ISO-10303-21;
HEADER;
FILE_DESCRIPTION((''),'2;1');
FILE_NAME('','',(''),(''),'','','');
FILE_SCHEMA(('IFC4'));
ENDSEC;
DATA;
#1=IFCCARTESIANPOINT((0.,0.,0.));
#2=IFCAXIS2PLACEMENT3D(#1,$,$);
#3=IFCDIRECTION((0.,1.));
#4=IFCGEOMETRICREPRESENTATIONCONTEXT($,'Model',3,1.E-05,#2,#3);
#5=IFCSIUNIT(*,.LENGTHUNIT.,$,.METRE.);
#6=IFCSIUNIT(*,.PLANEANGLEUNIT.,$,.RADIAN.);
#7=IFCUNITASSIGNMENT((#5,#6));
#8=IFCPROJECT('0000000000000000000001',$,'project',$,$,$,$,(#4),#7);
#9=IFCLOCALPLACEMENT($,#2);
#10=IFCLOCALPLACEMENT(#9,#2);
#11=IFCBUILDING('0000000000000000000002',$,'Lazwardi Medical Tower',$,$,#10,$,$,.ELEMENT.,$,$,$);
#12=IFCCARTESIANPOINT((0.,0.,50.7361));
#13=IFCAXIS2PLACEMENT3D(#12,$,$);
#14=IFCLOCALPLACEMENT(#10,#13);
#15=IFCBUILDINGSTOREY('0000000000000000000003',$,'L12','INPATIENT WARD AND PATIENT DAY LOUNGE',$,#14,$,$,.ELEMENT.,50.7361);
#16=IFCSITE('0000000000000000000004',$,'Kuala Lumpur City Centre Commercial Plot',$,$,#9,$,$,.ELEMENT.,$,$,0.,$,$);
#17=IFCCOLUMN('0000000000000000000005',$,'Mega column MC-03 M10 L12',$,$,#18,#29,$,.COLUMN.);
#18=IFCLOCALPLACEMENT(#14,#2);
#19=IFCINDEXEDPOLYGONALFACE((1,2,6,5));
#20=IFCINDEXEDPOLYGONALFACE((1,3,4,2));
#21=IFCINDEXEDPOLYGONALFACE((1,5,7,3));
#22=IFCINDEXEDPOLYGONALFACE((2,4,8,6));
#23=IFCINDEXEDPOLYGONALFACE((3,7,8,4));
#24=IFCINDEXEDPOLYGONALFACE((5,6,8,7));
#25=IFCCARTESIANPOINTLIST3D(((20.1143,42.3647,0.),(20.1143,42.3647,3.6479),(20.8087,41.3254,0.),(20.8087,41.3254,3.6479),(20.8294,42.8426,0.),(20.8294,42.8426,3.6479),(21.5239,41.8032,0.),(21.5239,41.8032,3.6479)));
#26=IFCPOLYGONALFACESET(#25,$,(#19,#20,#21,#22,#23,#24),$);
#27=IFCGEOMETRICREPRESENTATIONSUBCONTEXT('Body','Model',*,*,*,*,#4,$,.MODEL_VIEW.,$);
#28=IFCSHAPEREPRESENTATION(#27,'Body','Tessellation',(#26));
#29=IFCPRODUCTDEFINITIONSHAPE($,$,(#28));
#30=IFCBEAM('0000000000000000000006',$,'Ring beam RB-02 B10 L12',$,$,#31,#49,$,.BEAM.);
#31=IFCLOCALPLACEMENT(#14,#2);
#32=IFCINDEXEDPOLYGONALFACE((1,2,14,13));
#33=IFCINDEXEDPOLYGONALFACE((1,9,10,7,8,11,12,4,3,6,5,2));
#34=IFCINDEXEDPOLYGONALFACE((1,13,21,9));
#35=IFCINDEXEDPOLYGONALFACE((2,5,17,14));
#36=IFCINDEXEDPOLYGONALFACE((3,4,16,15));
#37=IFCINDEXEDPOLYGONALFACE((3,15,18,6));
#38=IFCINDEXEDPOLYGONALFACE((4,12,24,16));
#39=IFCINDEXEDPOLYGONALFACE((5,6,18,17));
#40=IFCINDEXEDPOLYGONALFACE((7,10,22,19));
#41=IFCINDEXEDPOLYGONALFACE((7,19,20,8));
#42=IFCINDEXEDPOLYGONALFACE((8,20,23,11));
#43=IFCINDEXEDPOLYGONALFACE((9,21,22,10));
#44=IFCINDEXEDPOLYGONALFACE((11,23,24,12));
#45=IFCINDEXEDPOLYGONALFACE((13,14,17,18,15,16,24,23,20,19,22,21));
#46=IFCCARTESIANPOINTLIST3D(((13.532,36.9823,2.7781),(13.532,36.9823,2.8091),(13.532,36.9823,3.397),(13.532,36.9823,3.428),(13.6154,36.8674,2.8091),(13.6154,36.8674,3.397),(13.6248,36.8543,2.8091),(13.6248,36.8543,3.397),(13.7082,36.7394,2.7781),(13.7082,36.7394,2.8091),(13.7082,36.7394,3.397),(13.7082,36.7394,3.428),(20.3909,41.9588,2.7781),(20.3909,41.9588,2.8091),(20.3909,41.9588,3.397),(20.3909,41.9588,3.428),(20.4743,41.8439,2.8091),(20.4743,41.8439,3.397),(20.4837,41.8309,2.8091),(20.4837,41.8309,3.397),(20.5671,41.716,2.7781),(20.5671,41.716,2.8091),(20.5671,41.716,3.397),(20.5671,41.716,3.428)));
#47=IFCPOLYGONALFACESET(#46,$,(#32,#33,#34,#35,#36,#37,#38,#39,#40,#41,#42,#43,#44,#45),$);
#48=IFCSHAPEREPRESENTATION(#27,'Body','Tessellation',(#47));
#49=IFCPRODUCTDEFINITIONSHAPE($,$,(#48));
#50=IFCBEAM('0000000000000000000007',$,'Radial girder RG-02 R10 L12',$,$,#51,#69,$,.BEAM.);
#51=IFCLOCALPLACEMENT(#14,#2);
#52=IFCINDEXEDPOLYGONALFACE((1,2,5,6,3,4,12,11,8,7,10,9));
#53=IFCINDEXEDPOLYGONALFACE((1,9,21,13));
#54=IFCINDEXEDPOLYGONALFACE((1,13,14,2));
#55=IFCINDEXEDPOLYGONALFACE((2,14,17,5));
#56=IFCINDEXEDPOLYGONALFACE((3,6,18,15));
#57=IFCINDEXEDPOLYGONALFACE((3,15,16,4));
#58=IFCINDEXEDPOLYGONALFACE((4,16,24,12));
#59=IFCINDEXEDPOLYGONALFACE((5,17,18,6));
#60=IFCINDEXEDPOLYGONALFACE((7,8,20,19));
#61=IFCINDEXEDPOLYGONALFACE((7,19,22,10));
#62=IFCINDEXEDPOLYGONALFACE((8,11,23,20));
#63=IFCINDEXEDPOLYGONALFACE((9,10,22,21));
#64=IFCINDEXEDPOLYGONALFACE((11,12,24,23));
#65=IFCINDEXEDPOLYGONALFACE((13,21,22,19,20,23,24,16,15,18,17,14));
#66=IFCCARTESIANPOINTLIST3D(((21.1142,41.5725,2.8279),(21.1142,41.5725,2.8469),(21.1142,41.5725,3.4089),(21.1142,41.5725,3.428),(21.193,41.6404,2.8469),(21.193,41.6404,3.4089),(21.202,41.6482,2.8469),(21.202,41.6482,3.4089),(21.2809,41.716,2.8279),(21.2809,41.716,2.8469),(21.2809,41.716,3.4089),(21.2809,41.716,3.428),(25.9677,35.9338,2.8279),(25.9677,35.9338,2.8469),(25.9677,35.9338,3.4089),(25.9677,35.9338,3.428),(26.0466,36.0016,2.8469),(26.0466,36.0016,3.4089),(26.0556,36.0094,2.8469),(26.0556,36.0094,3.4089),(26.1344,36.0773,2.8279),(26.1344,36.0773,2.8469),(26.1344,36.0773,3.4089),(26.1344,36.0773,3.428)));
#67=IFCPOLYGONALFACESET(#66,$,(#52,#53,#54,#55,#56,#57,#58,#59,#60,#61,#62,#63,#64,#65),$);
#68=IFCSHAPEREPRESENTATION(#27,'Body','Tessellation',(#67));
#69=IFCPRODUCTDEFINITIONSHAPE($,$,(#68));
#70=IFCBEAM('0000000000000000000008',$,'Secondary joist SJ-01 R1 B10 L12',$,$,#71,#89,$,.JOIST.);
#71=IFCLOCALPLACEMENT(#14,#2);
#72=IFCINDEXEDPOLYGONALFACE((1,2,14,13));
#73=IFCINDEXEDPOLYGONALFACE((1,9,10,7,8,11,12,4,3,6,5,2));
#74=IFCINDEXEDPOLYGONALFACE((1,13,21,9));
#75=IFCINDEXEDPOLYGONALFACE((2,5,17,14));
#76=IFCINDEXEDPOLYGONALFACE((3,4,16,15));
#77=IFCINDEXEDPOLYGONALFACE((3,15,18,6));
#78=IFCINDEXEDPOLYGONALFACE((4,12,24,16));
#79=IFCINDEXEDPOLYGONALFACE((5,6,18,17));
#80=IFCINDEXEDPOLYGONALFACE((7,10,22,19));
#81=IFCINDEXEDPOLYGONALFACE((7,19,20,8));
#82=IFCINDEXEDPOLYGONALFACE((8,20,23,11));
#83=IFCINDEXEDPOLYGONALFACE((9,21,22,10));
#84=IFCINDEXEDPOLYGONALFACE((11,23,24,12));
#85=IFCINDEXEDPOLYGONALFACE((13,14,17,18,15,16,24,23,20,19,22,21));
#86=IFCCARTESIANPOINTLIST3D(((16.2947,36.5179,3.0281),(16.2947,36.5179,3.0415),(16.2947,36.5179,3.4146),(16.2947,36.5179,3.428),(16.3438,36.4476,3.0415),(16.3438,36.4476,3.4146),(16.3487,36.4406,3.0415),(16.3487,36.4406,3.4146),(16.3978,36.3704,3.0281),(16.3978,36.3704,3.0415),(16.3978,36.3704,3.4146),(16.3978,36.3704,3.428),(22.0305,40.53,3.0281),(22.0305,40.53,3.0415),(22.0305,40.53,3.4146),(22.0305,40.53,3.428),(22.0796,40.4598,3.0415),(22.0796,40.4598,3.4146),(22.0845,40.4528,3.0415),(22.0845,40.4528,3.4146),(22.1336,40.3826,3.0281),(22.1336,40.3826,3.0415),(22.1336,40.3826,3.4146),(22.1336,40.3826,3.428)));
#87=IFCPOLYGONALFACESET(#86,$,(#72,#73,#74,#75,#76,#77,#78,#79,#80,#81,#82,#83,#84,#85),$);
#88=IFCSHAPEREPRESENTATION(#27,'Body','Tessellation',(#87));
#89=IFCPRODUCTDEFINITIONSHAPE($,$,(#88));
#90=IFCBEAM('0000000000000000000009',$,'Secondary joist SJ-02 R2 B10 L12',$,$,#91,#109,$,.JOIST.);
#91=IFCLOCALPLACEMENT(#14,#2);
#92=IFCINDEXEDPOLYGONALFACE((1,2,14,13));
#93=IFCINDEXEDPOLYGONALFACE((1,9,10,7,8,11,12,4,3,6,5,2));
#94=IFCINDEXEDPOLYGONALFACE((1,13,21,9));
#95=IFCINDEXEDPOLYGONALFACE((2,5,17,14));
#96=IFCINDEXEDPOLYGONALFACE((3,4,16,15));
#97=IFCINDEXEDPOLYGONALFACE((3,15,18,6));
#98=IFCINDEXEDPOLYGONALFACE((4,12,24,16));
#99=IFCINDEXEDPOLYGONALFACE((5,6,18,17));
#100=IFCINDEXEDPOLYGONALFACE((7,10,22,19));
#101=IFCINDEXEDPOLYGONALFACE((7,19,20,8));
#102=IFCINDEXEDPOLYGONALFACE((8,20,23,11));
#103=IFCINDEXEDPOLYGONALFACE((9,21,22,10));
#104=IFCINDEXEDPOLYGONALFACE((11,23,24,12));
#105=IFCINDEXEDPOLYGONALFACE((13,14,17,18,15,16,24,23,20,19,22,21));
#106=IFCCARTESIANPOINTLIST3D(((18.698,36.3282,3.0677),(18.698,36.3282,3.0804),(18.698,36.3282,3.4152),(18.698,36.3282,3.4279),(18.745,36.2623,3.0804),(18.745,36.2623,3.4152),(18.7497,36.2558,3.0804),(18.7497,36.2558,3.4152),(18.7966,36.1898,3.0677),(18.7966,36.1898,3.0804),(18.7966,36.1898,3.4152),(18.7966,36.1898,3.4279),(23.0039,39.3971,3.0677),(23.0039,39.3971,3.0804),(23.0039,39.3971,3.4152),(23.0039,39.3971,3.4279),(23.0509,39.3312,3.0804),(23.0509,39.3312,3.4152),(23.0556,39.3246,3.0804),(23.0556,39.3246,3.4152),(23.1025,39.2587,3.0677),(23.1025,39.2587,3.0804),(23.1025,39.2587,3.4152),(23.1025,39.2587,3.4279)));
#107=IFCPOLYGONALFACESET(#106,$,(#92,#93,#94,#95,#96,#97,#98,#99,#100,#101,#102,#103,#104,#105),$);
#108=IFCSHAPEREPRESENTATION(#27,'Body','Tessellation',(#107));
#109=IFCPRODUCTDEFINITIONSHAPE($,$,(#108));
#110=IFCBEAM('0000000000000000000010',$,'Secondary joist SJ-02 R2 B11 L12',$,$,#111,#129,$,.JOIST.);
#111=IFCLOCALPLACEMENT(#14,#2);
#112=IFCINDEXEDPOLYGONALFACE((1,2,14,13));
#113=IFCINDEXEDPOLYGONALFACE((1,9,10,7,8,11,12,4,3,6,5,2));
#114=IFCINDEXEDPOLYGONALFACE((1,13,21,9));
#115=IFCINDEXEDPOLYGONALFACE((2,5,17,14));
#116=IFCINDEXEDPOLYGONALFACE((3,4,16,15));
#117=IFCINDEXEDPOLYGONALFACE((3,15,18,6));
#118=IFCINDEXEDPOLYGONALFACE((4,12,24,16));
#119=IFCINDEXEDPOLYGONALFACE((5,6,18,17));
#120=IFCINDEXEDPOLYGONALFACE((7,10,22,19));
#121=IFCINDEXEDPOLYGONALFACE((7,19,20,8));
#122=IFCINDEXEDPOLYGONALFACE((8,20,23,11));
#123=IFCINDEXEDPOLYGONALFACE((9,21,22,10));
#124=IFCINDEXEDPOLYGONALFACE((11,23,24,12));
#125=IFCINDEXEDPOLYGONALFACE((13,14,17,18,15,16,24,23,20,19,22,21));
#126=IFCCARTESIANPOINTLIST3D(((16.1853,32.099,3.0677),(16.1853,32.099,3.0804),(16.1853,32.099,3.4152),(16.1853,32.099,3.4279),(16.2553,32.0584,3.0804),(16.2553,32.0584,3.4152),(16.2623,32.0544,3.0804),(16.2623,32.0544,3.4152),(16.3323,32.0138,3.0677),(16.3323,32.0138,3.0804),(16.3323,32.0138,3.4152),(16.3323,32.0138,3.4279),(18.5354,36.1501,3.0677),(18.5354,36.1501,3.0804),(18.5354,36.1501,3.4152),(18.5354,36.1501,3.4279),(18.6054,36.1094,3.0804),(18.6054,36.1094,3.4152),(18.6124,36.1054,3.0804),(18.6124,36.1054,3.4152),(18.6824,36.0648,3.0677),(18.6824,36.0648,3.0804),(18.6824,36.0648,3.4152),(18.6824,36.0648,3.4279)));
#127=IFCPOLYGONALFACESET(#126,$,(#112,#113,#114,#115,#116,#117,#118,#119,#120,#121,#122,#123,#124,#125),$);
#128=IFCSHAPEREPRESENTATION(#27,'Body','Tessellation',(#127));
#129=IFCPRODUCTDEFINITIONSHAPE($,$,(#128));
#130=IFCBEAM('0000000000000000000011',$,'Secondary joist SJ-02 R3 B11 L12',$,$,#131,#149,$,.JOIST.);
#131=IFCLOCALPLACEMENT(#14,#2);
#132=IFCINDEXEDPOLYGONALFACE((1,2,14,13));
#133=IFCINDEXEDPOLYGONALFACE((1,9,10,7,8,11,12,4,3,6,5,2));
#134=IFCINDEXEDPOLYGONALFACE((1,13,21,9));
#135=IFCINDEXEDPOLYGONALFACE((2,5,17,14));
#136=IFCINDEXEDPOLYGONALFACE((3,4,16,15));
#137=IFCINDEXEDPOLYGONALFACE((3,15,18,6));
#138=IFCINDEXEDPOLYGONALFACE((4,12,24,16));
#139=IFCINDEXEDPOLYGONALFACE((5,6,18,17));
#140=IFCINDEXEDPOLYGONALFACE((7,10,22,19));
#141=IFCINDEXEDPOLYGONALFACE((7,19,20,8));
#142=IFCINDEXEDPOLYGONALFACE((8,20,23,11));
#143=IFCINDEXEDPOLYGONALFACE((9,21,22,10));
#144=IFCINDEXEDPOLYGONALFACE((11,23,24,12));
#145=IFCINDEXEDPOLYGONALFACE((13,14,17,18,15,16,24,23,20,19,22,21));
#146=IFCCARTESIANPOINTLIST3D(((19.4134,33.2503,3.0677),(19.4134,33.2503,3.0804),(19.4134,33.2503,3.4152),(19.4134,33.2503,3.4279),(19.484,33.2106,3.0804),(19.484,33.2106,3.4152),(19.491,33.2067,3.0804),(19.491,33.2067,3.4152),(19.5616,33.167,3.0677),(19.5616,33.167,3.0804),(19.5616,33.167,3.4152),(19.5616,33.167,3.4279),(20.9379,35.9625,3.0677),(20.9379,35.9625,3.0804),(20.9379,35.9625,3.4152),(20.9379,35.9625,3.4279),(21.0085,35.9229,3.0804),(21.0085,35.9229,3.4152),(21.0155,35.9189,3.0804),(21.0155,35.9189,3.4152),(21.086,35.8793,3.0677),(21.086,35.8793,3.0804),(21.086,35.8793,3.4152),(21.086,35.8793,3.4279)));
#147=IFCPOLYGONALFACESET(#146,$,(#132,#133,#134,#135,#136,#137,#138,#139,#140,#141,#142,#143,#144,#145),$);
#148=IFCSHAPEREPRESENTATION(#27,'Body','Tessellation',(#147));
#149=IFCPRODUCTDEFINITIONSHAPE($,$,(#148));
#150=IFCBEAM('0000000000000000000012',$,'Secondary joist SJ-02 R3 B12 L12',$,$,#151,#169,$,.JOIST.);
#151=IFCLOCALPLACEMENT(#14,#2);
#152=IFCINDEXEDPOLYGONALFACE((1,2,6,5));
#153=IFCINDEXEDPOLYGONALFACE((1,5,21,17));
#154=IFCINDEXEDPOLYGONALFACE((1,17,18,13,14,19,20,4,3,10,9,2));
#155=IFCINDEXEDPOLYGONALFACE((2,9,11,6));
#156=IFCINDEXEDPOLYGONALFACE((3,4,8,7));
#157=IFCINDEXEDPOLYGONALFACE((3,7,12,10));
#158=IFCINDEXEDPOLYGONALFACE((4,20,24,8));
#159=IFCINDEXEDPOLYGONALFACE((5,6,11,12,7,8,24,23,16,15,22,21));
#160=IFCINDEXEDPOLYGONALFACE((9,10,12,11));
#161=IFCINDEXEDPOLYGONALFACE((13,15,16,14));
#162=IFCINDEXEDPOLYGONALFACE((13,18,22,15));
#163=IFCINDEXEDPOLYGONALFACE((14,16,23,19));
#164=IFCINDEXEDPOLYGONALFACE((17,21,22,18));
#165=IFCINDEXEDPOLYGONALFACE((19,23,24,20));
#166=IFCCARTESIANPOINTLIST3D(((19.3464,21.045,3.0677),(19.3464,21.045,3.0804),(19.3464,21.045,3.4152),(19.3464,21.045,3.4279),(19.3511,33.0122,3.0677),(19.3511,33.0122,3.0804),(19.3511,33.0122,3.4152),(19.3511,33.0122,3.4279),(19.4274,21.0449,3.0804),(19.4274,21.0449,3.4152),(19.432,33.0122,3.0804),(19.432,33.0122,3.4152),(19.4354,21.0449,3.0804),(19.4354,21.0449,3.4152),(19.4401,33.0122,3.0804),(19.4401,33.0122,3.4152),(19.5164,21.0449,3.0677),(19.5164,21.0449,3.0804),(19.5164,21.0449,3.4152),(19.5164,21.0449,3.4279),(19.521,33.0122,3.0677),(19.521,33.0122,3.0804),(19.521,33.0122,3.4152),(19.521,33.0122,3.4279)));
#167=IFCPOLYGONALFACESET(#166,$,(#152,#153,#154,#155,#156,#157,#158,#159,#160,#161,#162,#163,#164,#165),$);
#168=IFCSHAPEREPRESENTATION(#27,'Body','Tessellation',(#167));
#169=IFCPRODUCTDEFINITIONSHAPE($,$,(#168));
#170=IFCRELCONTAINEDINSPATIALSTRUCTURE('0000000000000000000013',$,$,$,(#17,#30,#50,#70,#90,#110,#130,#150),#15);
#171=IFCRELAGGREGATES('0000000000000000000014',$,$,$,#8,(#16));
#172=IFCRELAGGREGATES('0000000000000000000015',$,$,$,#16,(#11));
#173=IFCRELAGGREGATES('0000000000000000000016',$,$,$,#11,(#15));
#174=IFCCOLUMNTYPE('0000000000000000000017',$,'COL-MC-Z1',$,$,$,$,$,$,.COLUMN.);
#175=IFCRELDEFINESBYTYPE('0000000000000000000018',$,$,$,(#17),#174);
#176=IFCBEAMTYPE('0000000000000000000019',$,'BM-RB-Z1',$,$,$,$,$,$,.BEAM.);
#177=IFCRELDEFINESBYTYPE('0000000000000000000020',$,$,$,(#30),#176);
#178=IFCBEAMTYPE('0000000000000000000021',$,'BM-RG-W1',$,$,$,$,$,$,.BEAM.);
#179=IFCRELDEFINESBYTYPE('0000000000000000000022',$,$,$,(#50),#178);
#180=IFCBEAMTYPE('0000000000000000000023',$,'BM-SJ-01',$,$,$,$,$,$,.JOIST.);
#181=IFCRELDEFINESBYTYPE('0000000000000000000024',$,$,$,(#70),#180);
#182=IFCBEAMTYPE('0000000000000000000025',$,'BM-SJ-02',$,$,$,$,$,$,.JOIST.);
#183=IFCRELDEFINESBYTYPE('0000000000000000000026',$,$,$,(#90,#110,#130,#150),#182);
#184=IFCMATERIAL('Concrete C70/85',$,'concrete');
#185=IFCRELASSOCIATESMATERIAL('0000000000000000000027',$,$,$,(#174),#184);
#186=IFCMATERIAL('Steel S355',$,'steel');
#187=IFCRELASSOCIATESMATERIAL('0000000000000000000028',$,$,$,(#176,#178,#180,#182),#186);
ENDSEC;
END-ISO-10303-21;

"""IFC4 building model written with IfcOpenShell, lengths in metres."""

from ifc_helpers import new_model, si_unit, direction, frame, origin, origin_2d, place, context, subcontext, project, spatial, rectangle, i_section, extrude, material, material_profile, profile_set, type_object, element, save


model = new_model("IFC4")

# Units and contexts
model_context = context("Model", 3, precision=1e-05, world=origin(), true_north=direction((0.0, 1.0)))
body_context = subcontext(model_context, "Body", "Model", "MODEL_VIEW")
ifc_project = project(units=[si_unit("LENGTHUNIT", "METRE"), si_unit("PLANEANGLEUNIT", "RADIAN")], contexts=[model_context])

# Site, building, storey
site_placement = place(None, origin())
site = spatial("IfcSite", under=ifc_project, at=site_placement, Name="Kuala Lumpur City Centre Commercial Plot", CompositionType="ELEMENT", RefElevation=0.0)
building_placement = place(site_placement, origin())
building = spatial("IfcBuilding", under=site, at=building_placement, Name="Lazwardi Medical Tower", CompositionType="ELEMENT")
storey_placement = place(building_placement, frame((0.0, 0.0, 50.7361)))
storey = spatial("IfcBuildingStorey", under=building, at=storey_placement, Name="L12", Description="INPATIENT WARD AND PATIENT DAY LOUNGE", CompositionType="ELEMENT", Elevation=50.7361)

# Column
ifc_material_1 = material(Name="Concrete C70/85", Category="concrete")
ifc_material_profile_1 = material_profile(ifc_material_1, rectangle(XDim=1.25, YDim=0.8601, at=origin_2d()), Name="CFT-RECT 1250x860")
ifc_profile_set_1 = profile_set([ifc_material_profile_1], Name="Concrete C70/85")
column_type = type_object("IfcColumnType", Name="COL-MC-Z1", PredefinedType="COLUMN", material=ifc_profile_set_1)
column_placement = place(storey_placement, frame((20.8191, 42.084, 0.0), z_axis=(0.0, 0.0, 1.0), x_axis=(-0.55557, 0.83147, 0.0)))
element("IfcColumn", 1, at=column_placement, inside=storey, type_object=column_type, Name="Mega column MC-03 M10 L12", PredefinedType="COLUMN", context=body_context, shape_type="SweptSolid", body=[
    extrude(rectangle(XDim=1.25, YDim=0.8601, at=origin_2d()), origin(), (0.0, 0.0, 1.0), 3.6479),
])

# Beams
ifc_material_2 = material(Name="Steel S355", Category="steel")
ifc_material_profile_2 = material_profile(ifc_material_2, i_section(OverallWidth=0.3, OverallDepth=0.6499, WebThickness=0.0161, FlangeThickness=0.031, at=origin_2d()), Name="HEB 650")
ifc_profile_set_2 = profile_set([ifc_material_profile_2], Name="Steel S355")
beam_type_1 = type_object("IfcBeamType", Name="BM-RB-Z1", PredefinedType="BEAM", material=ifc_profile_set_2)
beam_1_placement = place(storey_placement, frame((20.479, 41.8374, 3.103), z_axis=(-0.809393, -0.587267, 0.0), x_axis=(0.587267, -0.809393, 0.0)))
element("IfcBeam", 2, at=beam_1_placement, inside=storey, type_object=beam_type_1, Name="Ring beam RB-02 B10 L12", PredefinedType="BEAM", context=body_context, shape_type="SweptSolid", body=[
    extrude(i_section(OverallWidth=0.3, OverallDepth=0.6499, WebThickness=0.0161, FlangeThickness=0.031, at=origin_2d()), origin(), (0.0, 0.0, 1.0), 8.4741),
])
ifc_material_profile_3 = material_profile(ifc_material_2, i_section(OverallWidth=0.22, OverallDepth=0.6001, WebThickness=0.012, FlangeThickness=0.019, at=origin_2d()), Name="IPE 600")
ifc_profile_set_3 = profile_set([ifc_material_profile_3], Name="Steel S355")
beam_type_2 = type_object("IfcBeamType", Name="BM-RG-W1", PredefinedType="BEAM", material=ifc_profile_set_3)
beam_2_placement = place(storey_placement, frame((21.1975, 41.6443, 3.1279), z_axis=(0.652368, -0.757902, 0.0), x_axis=(0.757902, 0.652368, 0.0)))
element("IfcBeam", 3, at=beam_2_placement, inside=storey, type_object=beam_type_2, Name="Radial girder RG-02 R10 L12", PredefinedType="BEAM", context=body_context, shape_type="SweptSolid", body=[
    extrude(i_section(OverallWidth=0.22, OverallDepth=0.6001, WebThickness=0.012, FlangeThickness=0.019, at=origin_2d()), origin(), (0.0, 0.0, 1.0), 7.4399),
])
ifc_material_profile_4 = material_profile(ifc_material_2, i_section(OverallWidth=0.1799, OverallDepth=0.3999, WebThickness=0.0085, FlangeThickness=0.0134, at=origin_2d()), Name="IPE 400")
ifc_profile_set_4 = profile_set([ifc_material_profile_4], Name="Steel S355")
beam_type_3 = type_object("IfcBeamType", Name="BM-SJ-01", PredefinedType="JOIST", material=ifc_profile_set_4)
beam_3_placement = place(storey_placement, frame((22.082, 40.4563, 3.228), z_axis=(-0.819425, -0.573186, 0.0), x_axis=(0.573186, -0.819425, 0.0)))
element("IfcBeam", 4, at=beam_3_placement, inside=storey, type_object=beam_type_3, Name="Secondary joist SJ-01 R1 B10 L12", PredefinedType="JOIST", context=body_context, shape_type="SweptSolid", body=[
    extrude(i_section(OverallWidth=0.1799, OverallDepth=0.3999, WebThickness=0.0085, FlangeThickness=0.0134, at=origin_2d()), origin(), (0.0, 0.0, 1.0), 6.9998),
])
ifc_material_profile_5 = material_profile(ifc_material_2, i_section(OverallWidth=0.1699, OverallDepth=0.3601, WebThickness=0.0081, FlangeThickness=0.0127, at=origin_2d()), Name="IPE 360")
ifc_profile_set_5 = profile_set([ifc_material_profile_5], Name="Steel S355")
beam_type_4 = type_object("IfcBeamType", Name="BM-SJ-02", PredefinedType="JOIST", material=ifc_profile_set_5)
beam_4_placement = place(storey_placement, frame((23.0532, 39.3279, 3.2478), z_axis=(-0.814341, -0.580386, 0.0), x_axis=(0.580386, -0.814341, 0.0)))
element("IfcBeam", 5, at=beam_4_placement, inside=storey, type_object=beam_type_4, Name="Secondary joist SJ-02 R2 B10 L12", PredefinedType="JOIST", context=body_context, shape_type="SweptSolid", body=[
    extrude(i_section(OverallWidth=0.1699, OverallDepth=0.3601, WebThickness=0.0081, FlangeThickness=0.0127, at=origin_2d()), origin(), (0.0, 0.0, 1.0), 5.2876),
])
beam_5_placement = place(storey_placement, frame((18.6089, 36.1074, 3.2478), z_axis=(-0.501798, -0.864985, 0.0), x_axis=(0.864985, -0.501798, 0.0)))
element("IfcBeam", 6, at=beam_5_placement, inside=storey, type_object=beam_type_4, Name="Secondary joist SJ-02 R2 B11 L12", PredefinedType="JOIST", context=body_context, shape_type="SweptSolid", body=[
    extrude(i_section(OverallWidth=0.1699, OverallDepth=0.3601, WebThickness=0.0081, FlangeThickness=0.0127, at=origin_2d()), origin(), (0.0, 0.0, 1.0), 4.6833),
])
beam_6_placement = place(storey_placement, frame((21.012, 35.9209, 3.2478), z_axis=(-0.489974, -0.871737, 0.0), x_axis=(0.871737, -0.489974, 0.0)))
element("IfcBeam", 7, at=beam_6_placement, inside=storey, type_object=beam_type_4, Name="Secondary joist SJ-02 R3 B11 L12", PredefinedType="JOIST", context=body_context, shape_type="SweptSolid", body=[
    extrude(i_section(OverallWidth=0.1699, OverallDepth=0.3601, WebThickness=0.0081, FlangeThickness=0.0127, at=origin_2d()), origin(), (0.0, 0.0, 1.0), 3.1113),
])
beam_7_placement = place(storey_placement, frame((19.436, 33.0122, 3.2478), z_axis=(-0.000388, -1.0, 0.0), x_axis=(1.0, -0.000388, 0.0)))
element("IfcBeam", 8, at=beam_7_placement, inside=storey, type_object=beam_type_4, Name="Secondary joist SJ-02 R3 B12 L12", PredefinedType="JOIST", context=body_context, shape_type="SweptSolid", body=[
    extrude(i_section(OverallWidth=0.1699, OverallDepth=0.3601, WebThickness=0.0081, FlangeThickness=0.0127, at=origin_2d()), origin(), (0.0, 0.0, 1.0), 11.9673),
])

save(model, "model.ifc")
